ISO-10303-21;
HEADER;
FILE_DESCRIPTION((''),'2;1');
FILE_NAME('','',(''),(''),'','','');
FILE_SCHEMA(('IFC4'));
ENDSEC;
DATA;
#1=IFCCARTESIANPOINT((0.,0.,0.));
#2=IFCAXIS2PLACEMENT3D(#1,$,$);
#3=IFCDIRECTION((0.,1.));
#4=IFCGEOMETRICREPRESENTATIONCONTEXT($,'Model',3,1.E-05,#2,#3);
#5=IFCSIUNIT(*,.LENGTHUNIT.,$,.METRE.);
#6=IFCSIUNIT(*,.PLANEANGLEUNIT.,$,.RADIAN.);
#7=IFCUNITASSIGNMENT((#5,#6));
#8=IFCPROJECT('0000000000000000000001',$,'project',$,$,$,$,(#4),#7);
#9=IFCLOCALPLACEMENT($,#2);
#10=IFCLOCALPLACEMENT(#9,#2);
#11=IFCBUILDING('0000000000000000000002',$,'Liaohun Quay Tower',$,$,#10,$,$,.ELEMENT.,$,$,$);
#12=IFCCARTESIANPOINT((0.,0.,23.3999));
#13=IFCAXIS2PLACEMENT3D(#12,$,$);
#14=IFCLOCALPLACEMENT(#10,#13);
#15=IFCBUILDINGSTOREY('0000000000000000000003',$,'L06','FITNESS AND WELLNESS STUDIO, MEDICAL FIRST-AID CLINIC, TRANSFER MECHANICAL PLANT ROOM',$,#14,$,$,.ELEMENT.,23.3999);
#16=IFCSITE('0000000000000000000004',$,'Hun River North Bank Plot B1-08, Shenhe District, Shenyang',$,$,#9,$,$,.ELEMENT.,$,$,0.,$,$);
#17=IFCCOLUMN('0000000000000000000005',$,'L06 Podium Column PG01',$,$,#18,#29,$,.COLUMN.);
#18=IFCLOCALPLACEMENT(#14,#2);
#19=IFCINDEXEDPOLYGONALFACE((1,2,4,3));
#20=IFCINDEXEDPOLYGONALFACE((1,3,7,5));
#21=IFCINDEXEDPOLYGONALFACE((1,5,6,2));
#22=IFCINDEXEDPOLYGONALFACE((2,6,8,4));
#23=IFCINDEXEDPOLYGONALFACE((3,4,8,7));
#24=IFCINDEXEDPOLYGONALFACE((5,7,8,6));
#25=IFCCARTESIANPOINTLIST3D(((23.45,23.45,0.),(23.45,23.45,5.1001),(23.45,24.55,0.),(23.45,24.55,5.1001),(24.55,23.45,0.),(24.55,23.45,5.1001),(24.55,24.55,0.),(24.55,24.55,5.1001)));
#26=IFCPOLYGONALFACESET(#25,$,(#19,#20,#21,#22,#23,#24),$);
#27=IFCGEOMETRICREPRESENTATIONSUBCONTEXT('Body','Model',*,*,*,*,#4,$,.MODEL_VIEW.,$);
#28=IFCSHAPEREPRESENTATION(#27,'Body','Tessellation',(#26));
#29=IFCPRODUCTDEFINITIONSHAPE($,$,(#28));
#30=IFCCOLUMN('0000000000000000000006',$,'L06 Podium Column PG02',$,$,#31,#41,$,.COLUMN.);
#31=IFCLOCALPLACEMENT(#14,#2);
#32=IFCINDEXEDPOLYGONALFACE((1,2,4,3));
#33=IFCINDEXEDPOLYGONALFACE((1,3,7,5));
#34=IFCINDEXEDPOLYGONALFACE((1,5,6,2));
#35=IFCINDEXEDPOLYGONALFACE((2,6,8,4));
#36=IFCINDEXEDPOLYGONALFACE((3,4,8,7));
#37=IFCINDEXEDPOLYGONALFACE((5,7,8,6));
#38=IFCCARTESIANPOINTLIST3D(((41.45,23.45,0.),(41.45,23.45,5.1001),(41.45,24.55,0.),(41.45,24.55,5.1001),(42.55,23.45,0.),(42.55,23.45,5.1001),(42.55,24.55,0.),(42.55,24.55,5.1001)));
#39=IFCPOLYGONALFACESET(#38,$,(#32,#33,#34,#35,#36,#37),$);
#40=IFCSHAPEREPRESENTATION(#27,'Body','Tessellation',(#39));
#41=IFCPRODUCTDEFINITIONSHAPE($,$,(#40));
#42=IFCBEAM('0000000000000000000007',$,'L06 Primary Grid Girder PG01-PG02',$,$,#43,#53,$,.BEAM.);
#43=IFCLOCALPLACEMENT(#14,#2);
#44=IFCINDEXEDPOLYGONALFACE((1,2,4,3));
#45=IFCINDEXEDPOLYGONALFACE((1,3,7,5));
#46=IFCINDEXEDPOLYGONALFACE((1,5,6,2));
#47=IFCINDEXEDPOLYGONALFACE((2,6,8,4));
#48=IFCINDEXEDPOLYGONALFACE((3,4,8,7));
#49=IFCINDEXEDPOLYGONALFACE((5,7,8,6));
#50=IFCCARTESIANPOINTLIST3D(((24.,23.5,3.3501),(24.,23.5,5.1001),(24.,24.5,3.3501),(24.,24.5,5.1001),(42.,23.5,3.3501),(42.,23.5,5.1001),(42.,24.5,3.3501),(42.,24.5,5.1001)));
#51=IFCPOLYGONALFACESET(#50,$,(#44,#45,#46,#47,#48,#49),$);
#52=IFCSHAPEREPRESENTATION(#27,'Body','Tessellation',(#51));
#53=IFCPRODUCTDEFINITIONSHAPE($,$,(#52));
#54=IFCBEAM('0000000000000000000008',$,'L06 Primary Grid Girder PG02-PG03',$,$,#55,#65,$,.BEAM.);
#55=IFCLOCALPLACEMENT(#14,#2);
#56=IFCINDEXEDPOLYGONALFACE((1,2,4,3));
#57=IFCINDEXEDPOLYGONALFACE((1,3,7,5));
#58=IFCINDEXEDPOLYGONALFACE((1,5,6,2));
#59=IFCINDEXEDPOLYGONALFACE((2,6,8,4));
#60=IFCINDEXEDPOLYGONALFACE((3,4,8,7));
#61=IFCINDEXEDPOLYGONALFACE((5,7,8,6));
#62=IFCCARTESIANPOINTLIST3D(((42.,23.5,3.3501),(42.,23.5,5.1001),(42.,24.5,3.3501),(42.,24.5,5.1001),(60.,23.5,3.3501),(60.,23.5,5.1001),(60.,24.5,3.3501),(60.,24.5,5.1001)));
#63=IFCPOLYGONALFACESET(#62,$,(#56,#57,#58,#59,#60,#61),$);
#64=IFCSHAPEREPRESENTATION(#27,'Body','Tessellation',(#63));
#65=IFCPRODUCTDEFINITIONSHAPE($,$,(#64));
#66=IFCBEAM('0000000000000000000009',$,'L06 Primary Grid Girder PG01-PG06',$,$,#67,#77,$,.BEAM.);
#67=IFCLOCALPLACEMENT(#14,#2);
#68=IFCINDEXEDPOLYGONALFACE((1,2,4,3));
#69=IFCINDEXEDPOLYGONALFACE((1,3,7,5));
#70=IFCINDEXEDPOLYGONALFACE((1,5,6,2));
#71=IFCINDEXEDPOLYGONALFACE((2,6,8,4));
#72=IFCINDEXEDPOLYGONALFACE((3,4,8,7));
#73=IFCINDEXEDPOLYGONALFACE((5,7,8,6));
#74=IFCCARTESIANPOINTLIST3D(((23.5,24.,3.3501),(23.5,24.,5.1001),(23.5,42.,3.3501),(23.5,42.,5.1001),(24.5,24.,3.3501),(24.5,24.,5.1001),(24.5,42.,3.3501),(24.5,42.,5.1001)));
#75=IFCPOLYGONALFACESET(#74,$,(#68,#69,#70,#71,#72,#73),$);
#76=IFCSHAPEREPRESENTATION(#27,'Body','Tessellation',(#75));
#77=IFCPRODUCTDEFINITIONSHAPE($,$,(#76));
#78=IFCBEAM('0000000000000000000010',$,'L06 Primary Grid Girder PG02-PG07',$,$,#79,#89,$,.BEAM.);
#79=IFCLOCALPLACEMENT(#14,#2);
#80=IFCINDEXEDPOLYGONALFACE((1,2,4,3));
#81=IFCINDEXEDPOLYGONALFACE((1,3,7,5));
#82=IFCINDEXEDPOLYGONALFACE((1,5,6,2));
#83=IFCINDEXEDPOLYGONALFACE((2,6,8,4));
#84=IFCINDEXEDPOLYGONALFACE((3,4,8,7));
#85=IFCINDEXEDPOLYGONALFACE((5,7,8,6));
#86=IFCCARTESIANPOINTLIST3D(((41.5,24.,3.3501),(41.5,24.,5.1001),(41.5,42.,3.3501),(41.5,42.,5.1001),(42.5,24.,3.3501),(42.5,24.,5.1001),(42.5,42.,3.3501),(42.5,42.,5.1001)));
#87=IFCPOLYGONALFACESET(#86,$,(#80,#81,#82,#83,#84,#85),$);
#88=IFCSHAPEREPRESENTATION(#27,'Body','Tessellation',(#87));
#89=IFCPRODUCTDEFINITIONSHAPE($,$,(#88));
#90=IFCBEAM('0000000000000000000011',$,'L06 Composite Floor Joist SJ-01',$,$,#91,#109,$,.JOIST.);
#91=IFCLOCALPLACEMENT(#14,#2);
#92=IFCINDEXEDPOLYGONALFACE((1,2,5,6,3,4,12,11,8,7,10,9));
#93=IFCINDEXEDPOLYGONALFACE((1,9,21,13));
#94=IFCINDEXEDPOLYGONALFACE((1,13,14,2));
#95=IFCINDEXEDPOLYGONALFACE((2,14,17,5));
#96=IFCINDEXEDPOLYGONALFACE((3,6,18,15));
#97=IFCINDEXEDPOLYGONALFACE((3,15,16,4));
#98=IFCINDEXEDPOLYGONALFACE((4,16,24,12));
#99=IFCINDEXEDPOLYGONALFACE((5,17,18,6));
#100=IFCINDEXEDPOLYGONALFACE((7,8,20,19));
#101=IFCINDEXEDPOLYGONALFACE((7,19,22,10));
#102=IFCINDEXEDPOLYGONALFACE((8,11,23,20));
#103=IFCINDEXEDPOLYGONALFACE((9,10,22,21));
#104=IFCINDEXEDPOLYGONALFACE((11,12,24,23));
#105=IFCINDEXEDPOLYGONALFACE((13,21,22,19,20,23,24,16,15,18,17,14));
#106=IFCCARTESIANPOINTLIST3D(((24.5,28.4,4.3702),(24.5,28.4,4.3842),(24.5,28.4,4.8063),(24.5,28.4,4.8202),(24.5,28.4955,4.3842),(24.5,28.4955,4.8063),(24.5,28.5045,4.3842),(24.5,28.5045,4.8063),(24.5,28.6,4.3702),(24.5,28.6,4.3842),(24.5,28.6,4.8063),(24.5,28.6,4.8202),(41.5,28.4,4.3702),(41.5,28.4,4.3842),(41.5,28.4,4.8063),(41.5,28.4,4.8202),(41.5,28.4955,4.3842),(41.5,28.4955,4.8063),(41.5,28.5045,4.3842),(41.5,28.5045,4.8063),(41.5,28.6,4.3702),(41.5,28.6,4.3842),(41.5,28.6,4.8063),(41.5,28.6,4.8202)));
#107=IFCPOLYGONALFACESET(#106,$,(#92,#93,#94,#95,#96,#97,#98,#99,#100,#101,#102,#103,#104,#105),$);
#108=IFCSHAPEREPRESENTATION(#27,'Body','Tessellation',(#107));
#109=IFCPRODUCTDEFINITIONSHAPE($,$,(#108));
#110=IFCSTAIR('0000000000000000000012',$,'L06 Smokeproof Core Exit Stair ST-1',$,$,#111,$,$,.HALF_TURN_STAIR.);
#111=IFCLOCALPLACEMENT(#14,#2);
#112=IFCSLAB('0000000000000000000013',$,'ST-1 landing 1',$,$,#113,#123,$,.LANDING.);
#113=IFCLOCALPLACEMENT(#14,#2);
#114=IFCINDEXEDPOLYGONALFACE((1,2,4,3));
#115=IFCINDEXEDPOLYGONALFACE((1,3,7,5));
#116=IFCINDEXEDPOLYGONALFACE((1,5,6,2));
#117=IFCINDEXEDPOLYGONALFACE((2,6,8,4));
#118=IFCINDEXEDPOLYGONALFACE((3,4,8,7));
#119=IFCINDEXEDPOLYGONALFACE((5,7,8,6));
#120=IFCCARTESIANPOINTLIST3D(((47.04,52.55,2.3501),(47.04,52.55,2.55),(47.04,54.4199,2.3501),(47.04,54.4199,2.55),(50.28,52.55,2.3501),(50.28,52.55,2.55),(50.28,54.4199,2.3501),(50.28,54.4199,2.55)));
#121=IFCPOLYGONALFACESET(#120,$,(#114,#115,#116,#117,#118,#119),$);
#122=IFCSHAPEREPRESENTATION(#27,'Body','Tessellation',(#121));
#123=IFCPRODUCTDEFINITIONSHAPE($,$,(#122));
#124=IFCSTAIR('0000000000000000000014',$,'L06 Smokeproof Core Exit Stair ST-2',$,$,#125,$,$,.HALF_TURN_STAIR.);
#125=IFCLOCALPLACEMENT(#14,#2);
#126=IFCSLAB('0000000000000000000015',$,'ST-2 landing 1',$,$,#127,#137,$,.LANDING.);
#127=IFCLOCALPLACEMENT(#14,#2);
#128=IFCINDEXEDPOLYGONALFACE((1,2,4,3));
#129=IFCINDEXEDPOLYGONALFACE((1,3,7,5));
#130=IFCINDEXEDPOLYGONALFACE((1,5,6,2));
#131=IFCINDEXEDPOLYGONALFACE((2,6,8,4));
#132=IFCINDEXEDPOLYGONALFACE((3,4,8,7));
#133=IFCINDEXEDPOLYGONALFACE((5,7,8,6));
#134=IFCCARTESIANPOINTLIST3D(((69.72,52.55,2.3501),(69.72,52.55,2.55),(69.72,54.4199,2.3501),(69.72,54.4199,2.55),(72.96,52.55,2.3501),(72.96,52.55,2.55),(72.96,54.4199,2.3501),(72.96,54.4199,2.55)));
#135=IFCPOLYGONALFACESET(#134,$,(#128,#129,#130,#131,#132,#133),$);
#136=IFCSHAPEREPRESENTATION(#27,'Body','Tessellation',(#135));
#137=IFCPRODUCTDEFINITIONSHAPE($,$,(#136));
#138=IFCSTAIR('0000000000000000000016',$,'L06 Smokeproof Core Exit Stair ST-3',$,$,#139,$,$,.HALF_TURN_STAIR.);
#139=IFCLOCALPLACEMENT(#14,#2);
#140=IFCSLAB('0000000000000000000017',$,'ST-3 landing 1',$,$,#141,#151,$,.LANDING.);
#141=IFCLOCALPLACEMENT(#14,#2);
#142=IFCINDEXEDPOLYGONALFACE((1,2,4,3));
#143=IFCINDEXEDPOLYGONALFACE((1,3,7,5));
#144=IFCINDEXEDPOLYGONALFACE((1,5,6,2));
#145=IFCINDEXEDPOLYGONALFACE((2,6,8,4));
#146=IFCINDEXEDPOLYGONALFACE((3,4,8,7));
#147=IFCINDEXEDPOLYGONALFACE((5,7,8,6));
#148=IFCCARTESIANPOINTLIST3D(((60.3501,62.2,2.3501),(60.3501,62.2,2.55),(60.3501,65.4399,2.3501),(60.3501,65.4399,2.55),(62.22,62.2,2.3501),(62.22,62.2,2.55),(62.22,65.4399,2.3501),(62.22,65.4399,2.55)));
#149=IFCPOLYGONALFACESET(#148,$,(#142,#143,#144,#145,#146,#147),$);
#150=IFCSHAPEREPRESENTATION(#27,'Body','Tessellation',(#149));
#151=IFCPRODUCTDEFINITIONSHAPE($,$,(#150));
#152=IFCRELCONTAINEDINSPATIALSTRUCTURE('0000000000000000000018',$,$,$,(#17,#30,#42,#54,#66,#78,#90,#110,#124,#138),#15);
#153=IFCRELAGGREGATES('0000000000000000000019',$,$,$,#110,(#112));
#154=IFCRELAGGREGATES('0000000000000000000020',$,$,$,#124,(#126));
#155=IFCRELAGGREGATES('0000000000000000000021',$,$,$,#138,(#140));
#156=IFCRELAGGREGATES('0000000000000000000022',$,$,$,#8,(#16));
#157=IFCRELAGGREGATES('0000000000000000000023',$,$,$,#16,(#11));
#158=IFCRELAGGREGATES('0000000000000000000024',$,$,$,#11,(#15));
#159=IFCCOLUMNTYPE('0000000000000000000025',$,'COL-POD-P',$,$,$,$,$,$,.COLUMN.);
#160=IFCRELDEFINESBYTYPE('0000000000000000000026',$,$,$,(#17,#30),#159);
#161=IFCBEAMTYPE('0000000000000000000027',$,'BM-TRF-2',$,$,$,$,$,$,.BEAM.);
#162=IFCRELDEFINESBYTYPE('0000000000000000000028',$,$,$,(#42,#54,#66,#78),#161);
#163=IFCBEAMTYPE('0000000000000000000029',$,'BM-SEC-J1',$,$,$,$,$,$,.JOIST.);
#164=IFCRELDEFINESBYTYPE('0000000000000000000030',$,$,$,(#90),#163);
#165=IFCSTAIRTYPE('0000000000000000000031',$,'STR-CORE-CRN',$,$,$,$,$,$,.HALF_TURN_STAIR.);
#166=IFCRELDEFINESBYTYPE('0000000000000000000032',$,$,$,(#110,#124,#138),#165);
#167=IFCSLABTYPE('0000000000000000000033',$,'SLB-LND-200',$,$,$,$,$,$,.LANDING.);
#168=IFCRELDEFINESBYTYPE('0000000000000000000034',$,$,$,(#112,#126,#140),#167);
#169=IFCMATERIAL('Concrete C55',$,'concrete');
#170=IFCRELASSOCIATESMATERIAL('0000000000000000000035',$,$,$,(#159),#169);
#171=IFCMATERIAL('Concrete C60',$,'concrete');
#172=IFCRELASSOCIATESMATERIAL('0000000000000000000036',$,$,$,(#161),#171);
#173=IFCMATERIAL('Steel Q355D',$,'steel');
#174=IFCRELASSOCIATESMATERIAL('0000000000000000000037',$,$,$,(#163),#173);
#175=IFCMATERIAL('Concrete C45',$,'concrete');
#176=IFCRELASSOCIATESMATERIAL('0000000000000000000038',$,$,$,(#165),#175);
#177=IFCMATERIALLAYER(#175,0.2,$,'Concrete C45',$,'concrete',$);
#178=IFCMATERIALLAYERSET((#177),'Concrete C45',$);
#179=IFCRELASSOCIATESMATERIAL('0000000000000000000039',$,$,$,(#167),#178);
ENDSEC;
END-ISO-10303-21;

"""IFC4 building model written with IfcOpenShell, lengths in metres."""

from ifc_helpers import new_model, si_unit, direction, frame, origin, origin_2d, place, context, subcontext, project, spatial, polyline, rectangle, i_section, outline, extrude, source, transform, mapped, material, layer, layer_set, material_profile, profile_set, type_object, element, aggregate, save


model = new_model("IFC4")

# Units and contexts
model_context = context("Model", 3, precision=1e-05, world=origin(), true_north=direction((0.0, 1.0)))
body_context = subcontext(model_context, "Body", "Model", "MODEL_VIEW")
ifc_project = project(units=[si_unit("LENGTHUNIT", "METRE"), si_unit("PLANEANGLEUNIT", "RADIAN")], contexts=[model_context])

# Site, building, storey
site_placement = place(None, origin())
site = spatial("IfcSite", under=ifc_project, at=site_placement, Name="Hun River North Bank Plot B1-08, Shenhe District, Shenyang", CompositionType="ELEMENT", RefElevation=0.0)
building_placement = place(site_placement, origin())
building = spatial("IfcBuilding", under=site, at=building_placement, Name="Liaohun Quay Tower", CompositionType="ELEMENT")
storey_placement = place(building_placement, frame((0.0, 0.0, 23.3999)))
storey = spatial("IfcBuildingStorey", under=building, at=storey_placement, Name="L06", Description="FITNESS AND WELLNESS STUDIO, MEDICAL FIRST-AID CLINIC, TRANSFER MECHANICAL PLANT ROOM", CompositionType="ELEMENT", Elevation=23.3999)

# Columns
ifc_material_1 = material(Name="Concrete C55", Category="concrete")
ifc_material_profile_1 = material_profile(ifc_material_1, rectangle(XDim=1.1001, YDim=1.1001, at=origin_2d()), Name="RC1100x1100")
ifc_profile_set_1 = profile_set([ifc_material_profile_1], Name="Concrete C55")
column_type = type_object("IfcColumnType", Name="COL-POD-P", PredefinedType="COLUMN", material=ifc_profile_set_1)
shared_shape_1 = source(origin(), body_context, "Body", "SweptSolid", [
    extrude(rectangle(XDim=1.1001, YDim=1.1001, at=origin_2d()), origin(), (0.0, 0.0, 1.0), 5.1001),
])
for number, where, z_axis, x_axis, name in (
    (1, (24.0, 24.0, 0.0), (0.0, 0.0, 1.0), (1.0, 0.0, 0.0), "L06 Podium Column PG01"),
    (2, (42.0, 24.0, 0.0), (0.0, 0.0, 1.0), (1.0, 0.0, 0.0), "L06 Podium Column PG02"),
):
    element("IfcColumn", number, at=place(storey_placement, frame(where, z_axis=z_axis, x_axis=x_axis)), inside=storey, type_object=column_type, Name=name, PredefinedType="COLUMN", context=body_context, shape_type="MappedRepresentation", body=[
        mapped(shared_shape_1, transform((0.0, 0.0, 0.0), x_axis=(1.0, 0.0, 0.0), y_axis=(0.0, 1.0, 0.0), z_axis=(0.0, 0.0, 1.0), scale=1.0)),
    ])

# Beams
ifc_material_2 = material(Name="Concrete C60", Category="concrete")
ifc_material_profile_2 = material_profile(ifc_material_2, rectangle(XDim=1.0, YDim=1.75, at=origin_2d()), Name="RC1000x1750")
ifc_profile_set_2 = profile_set([ifc_material_profile_2], Name="Concrete C60")
beam_type_1 = type_object("IfcBeamType", Name="BM-TRF-2", PredefinedType="BEAM", material=ifc_profile_set_2)
shared_shape_2 = source(origin(), body_context, "Body", "SweptSolid", [
    extrude(rectangle(XDim=1.0, YDim=1.75, at=origin_2d()), origin(), (0.0, 0.0, 1.0), 18.0),
])
for number, where, z_axis, x_axis, name in (
    (3, (24.0, 24.0, 4.2251), (1.0, 0.0, 0.0), (0.0, 1.0, 0.0), "L06 Primary Grid Girder PG01-PG02"),
    (4, (42.0, 24.0, 4.2251), (1.0, 0.0, 0.0), (0.0, 1.0, 0.0), "L06 Primary Grid Girder PG02-PG03"),
    (5, (24.0, 24.0, 4.2251), (0.0, 1.0, 0.0), (-1.0, 0.0, 0.0), "L06 Primary Grid Girder PG01-PG06"),
    (6, (42.0, 24.0, 4.2251), (0.0, 1.0, 0.0), (-1.0, 0.0, 0.0), "L06 Primary Grid Girder PG02-PG07"),
):
    element("IfcBeam", number, at=place(storey_placement, frame(where, z_axis=z_axis, x_axis=x_axis)), inside=storey, type_object=beam_type_1, Name=name, PredefinedType="BEAM", context=body_context, shape_type="MappedRepresentation", body=[
        mapped(shared_shape_2, transform((0.0, 0.0, 0.0), x_axis=(1.0, 0.0, 0.0), y_axis=(0.0, 1.0, 0.0), z_axis=(0.0, 0.0, 1.0), scale=1.0)),
    ])
ifc_material_3 = material(Name="Steel Q355D", Category="steel")
ifc_material_profile_3 = material_profile(ifc_material_3, i_section(OverallWidth=0.2, OverallDepth=0.45, WebThickness=0.009, FlangeThickness=0.0139, at=origin_2d()), Name="HN450x200x9x14")
ifc_profile_set_3 = profile_set([ifc_material_profile_3], Name="Steel Q355D")
beam_type_2 = type_object("IfcBeamType", Name="BM-SEC-J1", PredefinedType="JOIST", material=ifc_profile_set_3)
shared_shape_3 = source(origin(), body_context, "Body", "SweptSolid", [
    extrude(i_section(OverallWidth=0.2, OverallDepth=0.45, WebThickness=0.009, FlangeThickness=0.0139, at=origin_2d()), origin(), (0.0, 0.0, 1.0), 17.0),
])
beam_placement = place(storey_placement, frame((24.5, 28.5, 4.5952), z_axis=(1.0, 0.0, 0.0), x_axis=(0.0, 1.0, 0.0)))
element("IfcBeam", 7, at=beam_placement, inside=storey, type_object=beam_type_2, Name="L06 Composite Floor Joist SJ-01", PredefinedType="JOIST", context=body_context, shape_type="MappedRepresentation", body=[
    mapped(shared_shape_3, transform((0.0, 0.0, 0.0), x_axis=(1.0, 0.0, 0.0), y_axis=(0.0, 1.0, 0.0), z_axis=(0.0, 0.0, 1.0), scale=1.0)),
])

# Stairs, slabs
ifc_material_4 = material(Name="Concrete C45", Category="concrete")
stair_type = type_object("IfcStairType", Name="STR-CORE-CRN", PredefinedType="HALF_TURN_STAIR", material=ifc_material_4)
stair_1_placement = place(storey_placement, origin())
stair_1 = element("IfcStair", 8, at=stair_1_placement, inside=storey, type_object=stair_type, Name="L06 Smokeproof Core Exit Stair ST-1", PredefinedType="HALF_TURN_STAIR")
ifc_layer_1 = layer(ifc_material_4, 0.2, Name="Concrete C45", Category="concrete")
ifc_layer_set_1 = layer_set([ifc_layer_1], Name="Concrete C45")
slab_type_1 = type_object("IfcSlabType", Name="SLB-LND-200", PredefinedType="LANDING", material=ifc_layer_set_1)
slab_1_placement = place(storey_placement, frame((0.0, 0.0, 2.3501)))
slab_1 = element("IfcSlab", 9, at=slab_1_placement, type_object=slab_type_1, Name="ST-1 landing 1", PredefinedType="LANDING", context=body_context, shape_type="SweptSolid", body=[
    extrude(outline(polyline([(50.28, 52.55), (50.28, 54.4199), (47.04, 54.4199), (47.04, 52.55), (50.28, 52.55)])), origin(), (0.0, 0.0, 1.0), 0.2),
])
aggregate(stair_1, [slab_1])
stair_2_placement = place(storey_placement, origin())
stair_2 = element("IfcStair", 10, at=stair_2_placement, inside=storey, type_object=stair_type, Name="L06 Smokeproof Core Exit Stair ST-2", PredefinedType="HALF_TURN_STAIR")
slab_2_placement = place(storey_placement, frame((0.0, 0.0, 2.3501)))
slab_2 = element("IfcSlab", 11, at=slab_2_placement, type_object=slab_type_1, Name="ST-2 landing 1", PredefinedType="LANDING", context=body_context, shape_type="SweptSolid", body=[
    extrude(outline(polyline([(72.96, 52.55), (72.96, 54.4199), (69.72, 54.4199), (69.72, 52.55), (72.96, 52.55)])), origin(), (0.0, 0.0, 1.0), 0.2),
])
aggregate(stair_2, [slab_2])
stair_3_placement = place(storey_placement, origin())
stair_3 = element("IfcStair", 12, at=stair_3_placement, inside=storey, type_object=stair_type, Name="L06 Smokeproof Core Exit Stair ST-3", PredefinedType="HALF_TURN_STAIR")
slab_3_placement = place(storey_placement, frame((0.0, 0.0, 2.3501)))
slab_3 = element("IfcSlab", 13, at=slab_3_placement, type_object=slab_type_1, Name="ST-3 landing 1", PredefinedType="LANDING", context=body_context, shape_type="SweptSolid", body=[
    extrude(outline(polyline([(60.3501, 62.2), (62.22, 62.2), (62.22, 65.4399), (60.3501, 65.4399), (60.3501, 62.2)])), origin(), (0.0, 0.0, 1.0), 0.2),
])
aggregate(stair_3, [slab_3])

save(model, "model.ifc")
